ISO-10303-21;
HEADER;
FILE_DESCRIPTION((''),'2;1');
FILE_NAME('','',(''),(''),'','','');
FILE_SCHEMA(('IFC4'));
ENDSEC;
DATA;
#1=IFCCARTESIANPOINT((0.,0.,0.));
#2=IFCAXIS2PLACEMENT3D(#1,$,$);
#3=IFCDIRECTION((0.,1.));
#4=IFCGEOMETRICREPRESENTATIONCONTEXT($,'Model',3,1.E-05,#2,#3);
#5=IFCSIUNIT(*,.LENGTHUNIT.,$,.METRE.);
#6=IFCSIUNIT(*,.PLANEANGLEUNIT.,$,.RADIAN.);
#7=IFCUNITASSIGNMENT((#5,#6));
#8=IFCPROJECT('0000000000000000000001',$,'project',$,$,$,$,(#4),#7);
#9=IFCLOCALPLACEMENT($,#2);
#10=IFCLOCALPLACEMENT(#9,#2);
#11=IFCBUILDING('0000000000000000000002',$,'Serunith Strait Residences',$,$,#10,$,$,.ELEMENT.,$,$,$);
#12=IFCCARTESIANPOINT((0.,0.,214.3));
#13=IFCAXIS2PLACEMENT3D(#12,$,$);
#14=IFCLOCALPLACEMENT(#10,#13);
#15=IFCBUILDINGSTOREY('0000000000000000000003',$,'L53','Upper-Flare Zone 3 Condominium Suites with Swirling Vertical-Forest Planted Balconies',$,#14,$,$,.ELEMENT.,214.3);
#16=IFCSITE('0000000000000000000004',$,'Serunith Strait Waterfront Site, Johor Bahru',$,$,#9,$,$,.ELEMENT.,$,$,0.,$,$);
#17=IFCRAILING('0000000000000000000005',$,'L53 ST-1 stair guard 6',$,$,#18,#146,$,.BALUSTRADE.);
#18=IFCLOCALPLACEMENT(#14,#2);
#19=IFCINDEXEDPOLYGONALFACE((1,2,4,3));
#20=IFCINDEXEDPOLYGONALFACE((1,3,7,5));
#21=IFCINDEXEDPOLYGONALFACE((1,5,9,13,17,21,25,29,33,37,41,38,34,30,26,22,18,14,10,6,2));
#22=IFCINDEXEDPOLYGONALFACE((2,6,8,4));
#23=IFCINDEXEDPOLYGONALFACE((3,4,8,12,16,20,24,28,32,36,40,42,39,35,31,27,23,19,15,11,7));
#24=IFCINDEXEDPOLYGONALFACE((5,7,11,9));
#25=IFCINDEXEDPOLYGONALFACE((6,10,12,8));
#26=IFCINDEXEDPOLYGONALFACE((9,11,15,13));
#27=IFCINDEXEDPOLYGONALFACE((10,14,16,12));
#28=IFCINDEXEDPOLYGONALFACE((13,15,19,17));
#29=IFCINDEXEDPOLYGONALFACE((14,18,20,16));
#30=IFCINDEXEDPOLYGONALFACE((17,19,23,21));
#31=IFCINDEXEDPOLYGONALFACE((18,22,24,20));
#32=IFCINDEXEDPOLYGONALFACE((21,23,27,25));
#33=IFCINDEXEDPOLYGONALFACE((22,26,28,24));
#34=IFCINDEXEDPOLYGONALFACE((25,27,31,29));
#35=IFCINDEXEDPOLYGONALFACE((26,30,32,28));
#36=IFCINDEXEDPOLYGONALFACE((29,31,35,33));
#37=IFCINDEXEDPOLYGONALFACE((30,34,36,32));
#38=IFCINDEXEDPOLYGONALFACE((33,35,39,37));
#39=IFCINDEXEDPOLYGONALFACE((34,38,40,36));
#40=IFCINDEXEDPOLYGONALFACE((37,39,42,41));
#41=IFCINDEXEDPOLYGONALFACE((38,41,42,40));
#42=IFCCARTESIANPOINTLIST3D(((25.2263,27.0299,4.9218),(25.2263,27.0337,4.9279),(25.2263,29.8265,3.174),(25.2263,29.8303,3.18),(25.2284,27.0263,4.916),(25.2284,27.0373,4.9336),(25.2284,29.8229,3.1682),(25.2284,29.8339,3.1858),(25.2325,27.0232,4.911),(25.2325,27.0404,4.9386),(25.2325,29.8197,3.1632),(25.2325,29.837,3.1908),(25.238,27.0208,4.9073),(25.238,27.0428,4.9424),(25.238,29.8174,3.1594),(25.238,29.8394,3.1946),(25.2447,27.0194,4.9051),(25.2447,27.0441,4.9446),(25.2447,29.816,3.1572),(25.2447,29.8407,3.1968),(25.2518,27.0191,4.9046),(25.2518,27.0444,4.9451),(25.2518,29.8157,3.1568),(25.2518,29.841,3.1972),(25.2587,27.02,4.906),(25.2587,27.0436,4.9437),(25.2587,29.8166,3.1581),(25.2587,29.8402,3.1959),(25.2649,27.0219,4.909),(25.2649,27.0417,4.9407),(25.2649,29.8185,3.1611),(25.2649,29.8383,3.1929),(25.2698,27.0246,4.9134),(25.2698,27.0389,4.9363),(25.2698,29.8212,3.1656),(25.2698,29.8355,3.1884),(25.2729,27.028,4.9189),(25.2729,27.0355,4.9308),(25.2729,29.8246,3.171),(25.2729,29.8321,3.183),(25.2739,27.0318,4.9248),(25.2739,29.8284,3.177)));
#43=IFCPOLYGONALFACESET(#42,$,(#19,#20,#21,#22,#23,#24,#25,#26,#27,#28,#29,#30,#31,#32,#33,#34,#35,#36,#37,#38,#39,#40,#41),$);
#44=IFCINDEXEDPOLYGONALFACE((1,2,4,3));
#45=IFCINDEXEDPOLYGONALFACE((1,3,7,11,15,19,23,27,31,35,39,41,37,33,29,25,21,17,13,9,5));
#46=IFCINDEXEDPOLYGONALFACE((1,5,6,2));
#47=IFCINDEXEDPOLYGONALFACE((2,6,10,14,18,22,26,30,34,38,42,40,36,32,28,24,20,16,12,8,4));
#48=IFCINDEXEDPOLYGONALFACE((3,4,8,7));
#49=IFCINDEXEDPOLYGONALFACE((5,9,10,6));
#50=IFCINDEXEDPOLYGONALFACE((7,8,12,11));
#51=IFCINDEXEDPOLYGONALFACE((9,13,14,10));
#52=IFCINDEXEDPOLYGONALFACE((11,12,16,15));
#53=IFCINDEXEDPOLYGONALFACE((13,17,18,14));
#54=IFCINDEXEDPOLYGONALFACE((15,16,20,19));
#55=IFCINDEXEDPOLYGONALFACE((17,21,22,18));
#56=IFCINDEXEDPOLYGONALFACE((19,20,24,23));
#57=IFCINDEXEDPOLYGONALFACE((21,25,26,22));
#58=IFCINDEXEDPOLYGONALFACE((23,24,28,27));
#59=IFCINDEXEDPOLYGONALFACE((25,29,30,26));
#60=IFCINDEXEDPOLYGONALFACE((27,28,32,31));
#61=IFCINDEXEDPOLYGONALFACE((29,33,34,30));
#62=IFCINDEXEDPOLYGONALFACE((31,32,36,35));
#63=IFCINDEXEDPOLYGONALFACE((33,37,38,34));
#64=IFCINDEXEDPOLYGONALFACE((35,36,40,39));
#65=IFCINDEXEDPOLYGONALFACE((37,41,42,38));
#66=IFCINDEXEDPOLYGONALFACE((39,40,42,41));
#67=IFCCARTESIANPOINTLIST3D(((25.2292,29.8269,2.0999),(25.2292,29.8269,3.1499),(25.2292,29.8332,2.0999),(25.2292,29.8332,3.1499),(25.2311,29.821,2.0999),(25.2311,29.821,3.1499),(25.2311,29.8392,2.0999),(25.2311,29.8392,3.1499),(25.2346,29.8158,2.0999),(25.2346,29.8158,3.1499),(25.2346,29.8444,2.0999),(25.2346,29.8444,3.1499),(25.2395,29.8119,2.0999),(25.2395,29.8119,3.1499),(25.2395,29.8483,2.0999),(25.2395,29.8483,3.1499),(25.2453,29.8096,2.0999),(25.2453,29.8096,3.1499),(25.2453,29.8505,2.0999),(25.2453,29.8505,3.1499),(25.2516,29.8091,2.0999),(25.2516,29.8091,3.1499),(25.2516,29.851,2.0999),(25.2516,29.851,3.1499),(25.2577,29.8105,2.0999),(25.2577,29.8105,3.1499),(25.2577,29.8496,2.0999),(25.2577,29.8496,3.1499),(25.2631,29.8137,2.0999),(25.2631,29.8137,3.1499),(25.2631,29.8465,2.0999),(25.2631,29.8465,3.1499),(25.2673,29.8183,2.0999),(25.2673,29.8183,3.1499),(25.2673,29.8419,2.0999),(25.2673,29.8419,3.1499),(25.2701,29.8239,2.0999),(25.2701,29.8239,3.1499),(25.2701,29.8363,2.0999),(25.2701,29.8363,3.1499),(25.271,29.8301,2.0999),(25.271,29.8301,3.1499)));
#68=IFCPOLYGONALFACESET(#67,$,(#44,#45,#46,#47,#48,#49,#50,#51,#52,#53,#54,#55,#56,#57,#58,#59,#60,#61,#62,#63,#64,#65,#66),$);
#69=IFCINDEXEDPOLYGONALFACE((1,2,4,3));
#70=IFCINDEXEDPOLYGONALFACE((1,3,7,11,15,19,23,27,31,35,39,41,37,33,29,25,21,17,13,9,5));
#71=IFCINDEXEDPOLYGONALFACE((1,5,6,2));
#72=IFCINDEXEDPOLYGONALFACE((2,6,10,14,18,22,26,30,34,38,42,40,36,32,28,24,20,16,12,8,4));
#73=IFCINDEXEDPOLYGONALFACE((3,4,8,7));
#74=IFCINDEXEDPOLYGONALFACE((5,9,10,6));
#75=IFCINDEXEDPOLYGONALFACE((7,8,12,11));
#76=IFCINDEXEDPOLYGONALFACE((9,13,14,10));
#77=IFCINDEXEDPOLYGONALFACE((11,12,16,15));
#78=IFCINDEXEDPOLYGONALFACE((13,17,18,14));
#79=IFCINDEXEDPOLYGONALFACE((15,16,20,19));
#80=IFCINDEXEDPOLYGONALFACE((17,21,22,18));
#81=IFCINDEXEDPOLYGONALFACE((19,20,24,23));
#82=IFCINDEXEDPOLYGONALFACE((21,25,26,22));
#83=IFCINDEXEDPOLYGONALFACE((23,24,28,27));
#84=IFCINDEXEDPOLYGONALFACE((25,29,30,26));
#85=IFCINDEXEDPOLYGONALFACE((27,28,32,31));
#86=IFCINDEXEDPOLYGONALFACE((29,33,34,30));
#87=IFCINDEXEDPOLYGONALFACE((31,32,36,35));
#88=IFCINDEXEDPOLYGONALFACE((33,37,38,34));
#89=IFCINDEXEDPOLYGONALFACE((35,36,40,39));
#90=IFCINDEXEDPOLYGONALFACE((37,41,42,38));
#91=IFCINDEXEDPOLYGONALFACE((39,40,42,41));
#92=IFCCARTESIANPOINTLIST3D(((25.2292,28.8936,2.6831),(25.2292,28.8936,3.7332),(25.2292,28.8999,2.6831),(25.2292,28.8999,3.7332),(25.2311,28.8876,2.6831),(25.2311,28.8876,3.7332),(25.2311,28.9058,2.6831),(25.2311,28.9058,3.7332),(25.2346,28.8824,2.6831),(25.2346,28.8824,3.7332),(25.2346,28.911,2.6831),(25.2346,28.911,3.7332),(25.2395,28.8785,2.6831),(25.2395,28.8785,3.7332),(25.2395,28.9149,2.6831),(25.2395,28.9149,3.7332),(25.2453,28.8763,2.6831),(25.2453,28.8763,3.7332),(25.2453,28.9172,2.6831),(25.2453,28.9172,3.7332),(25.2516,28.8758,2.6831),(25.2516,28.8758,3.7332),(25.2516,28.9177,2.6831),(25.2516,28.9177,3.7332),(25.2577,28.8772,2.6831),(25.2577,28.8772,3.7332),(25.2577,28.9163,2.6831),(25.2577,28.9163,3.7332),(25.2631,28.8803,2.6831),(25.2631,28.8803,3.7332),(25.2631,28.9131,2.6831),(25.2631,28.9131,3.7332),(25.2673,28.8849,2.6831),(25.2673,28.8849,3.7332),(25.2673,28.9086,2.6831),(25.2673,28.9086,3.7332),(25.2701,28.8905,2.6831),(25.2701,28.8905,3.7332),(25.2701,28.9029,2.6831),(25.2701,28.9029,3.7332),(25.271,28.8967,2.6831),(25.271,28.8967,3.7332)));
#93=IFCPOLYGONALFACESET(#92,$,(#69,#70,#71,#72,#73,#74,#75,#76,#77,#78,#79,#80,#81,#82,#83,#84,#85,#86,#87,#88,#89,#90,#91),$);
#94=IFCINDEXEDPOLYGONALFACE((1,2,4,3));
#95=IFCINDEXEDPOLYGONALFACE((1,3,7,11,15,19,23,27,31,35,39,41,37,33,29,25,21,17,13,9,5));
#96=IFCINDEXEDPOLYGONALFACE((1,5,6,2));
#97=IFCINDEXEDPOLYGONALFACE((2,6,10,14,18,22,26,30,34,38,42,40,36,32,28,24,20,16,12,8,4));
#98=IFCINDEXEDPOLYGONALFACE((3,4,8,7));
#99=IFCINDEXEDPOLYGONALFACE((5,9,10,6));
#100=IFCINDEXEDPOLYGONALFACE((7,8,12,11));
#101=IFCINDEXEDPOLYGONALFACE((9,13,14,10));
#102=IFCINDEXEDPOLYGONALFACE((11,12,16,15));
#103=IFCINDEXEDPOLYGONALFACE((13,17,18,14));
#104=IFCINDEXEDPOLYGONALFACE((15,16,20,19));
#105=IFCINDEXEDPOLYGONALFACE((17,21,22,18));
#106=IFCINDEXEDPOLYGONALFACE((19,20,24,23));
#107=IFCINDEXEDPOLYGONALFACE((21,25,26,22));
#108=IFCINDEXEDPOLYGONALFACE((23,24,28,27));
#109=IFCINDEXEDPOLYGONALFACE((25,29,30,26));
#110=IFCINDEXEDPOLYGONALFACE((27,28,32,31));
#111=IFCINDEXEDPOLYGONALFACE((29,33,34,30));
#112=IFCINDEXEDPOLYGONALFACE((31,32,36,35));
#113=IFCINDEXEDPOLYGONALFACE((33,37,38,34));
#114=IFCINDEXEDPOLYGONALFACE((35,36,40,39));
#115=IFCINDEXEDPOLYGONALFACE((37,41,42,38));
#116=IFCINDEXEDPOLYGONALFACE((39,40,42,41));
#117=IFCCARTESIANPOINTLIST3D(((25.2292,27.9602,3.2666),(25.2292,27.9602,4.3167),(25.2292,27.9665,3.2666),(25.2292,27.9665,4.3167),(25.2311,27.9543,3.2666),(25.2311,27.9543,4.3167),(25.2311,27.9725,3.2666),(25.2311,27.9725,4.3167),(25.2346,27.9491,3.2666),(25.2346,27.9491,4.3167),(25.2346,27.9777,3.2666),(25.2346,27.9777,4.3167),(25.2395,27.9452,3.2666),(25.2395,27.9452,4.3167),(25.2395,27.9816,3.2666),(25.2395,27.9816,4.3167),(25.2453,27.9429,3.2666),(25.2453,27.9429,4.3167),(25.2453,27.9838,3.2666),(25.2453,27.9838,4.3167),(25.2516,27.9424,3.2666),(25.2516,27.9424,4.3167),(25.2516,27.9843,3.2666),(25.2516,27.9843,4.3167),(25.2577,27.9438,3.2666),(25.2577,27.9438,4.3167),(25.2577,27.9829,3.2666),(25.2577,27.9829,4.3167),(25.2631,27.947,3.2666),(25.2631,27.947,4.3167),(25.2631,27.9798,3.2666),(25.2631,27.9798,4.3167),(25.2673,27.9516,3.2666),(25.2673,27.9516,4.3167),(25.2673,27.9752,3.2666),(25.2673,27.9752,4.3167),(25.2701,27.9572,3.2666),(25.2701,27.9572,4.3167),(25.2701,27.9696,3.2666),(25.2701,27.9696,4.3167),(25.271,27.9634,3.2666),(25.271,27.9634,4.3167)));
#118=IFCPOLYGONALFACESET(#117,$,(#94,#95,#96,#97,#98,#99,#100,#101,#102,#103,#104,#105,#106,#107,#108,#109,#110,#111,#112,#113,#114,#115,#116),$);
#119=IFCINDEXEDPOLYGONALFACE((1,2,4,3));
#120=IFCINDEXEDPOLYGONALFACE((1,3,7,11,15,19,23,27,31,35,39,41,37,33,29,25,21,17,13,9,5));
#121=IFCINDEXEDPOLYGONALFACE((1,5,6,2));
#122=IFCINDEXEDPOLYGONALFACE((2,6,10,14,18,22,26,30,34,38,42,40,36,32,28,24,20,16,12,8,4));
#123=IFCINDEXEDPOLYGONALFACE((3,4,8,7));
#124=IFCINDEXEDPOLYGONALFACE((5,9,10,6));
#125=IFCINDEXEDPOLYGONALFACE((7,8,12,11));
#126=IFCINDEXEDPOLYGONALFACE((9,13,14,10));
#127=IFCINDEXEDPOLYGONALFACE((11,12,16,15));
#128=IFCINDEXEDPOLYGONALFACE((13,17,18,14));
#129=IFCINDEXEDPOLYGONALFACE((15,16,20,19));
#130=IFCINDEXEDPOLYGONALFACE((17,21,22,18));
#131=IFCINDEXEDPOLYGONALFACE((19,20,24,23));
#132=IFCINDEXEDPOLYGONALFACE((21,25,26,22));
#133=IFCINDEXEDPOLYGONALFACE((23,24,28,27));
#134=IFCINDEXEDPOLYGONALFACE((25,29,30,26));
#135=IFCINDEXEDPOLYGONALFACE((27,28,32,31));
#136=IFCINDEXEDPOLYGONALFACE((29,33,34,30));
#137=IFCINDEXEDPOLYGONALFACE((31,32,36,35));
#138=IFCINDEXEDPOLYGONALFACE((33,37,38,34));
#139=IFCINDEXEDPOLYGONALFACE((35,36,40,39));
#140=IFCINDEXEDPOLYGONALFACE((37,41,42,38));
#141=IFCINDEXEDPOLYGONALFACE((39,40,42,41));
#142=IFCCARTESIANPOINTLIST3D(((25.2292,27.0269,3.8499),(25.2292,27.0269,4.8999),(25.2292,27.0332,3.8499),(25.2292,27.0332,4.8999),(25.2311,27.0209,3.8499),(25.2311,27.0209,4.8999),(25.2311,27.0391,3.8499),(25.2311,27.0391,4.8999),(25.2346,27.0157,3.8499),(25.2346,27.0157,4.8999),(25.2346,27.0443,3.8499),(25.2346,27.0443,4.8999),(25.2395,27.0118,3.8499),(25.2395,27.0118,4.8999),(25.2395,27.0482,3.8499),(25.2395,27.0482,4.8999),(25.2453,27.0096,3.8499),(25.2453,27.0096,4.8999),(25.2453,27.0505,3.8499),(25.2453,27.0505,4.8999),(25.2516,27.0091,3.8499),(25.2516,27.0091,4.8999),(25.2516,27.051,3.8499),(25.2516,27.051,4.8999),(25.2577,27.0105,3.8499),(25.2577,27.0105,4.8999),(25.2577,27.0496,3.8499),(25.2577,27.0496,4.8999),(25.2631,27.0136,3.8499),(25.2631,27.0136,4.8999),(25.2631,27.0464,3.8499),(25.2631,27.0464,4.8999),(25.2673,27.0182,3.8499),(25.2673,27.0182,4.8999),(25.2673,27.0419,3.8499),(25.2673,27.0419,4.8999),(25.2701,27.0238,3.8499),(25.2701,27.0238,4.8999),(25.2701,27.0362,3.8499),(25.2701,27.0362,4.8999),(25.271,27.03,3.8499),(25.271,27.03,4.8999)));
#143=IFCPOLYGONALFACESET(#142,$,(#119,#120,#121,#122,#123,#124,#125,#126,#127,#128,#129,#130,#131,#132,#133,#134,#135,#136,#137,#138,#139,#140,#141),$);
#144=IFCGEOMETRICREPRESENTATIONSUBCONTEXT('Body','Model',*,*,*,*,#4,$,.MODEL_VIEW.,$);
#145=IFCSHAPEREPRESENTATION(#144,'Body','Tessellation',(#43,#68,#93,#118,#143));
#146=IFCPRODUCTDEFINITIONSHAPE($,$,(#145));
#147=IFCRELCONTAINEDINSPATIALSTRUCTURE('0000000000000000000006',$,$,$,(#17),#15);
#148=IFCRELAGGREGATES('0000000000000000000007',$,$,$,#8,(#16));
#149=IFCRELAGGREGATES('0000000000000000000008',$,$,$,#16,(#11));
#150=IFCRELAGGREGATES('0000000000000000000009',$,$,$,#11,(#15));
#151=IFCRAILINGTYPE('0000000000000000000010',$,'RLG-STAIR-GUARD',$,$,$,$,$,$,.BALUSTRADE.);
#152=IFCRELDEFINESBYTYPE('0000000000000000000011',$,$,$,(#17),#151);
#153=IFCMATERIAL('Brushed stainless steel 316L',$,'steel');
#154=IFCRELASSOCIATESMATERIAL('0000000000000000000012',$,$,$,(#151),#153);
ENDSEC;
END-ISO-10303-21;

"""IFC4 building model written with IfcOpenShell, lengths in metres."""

from ifc_helpers import new_model, si_unit, direction, frame, origin, origin_2d, place, context, subcontext, project, spatial, circle, extrude, material, type_object, element, save


model = new_model("IFC4")

# Units and contexts
model_context = context("Model", 3, precision=1e-05, world=origin(), true_north=direction((0.0, 1.0)))
body_context = subcontext(model_context, "Body", "Model", "MODEL_VIEW")
ifc_project = project(units=[si_unit("LENGTHUNIT", "METRE"), si_unit("PLANEANGLEUNIT", "RADIAN")], contexts=[model_context])

# Site, building, storey
site_placement = place(None, origin())
site = spatial("IfcSite", under=ifc_project, at=site_placement, Name="Serunith Strait Waterfront Site, Johor Bahru", CompositionType="ELEMENT", RefElevation=0.0)
building_placement = place(site_placement, origin())
building = spatial("IfcBuilding", under=site, at=building_placement, Name="Serunith Strait Residences", CompositionType="ELEMENT")
storey_placement = place(building_placement, frame((0.0, 0.0, 214.3)))
storey = spatial("IfcBuildingStorey", under=building, at=storey_placement, Name="L53", Description="Upper-Flare Zone 3 Condominium Suites with Swirling Vertical-Forest Planted Balconies", CompositionType="ELEMENT", Elevation=214.3)

# Railing
ifc_material_1 = material(Name="Brushed stainless steel 316L", Category="steel")
railing_type_1 = type_object("IfcRailingType", Name="RLG-STAIR-GUARD", PredefinedType="BALUSTRADE", material=ifc_material_1)
railing_1_placement = place(storey_placement, frame((25.25, 29.8301, 2.0999)))
element("IfcRailing", 1, at=railing_1_placement, inside=storey, type_object=railing_type_1, Name="L53 ST-1 stair guard 6", PredefinedType="BALUSTRADE", context=body_context, shape_type="SweptSolid", body=[
    extrude(circle(Radius=0.0239, at=origin_2d()), frame((0.0, -0.0017, 1.0771), z_axis=(0.0, -0.848002, 0.529992), x_axis=(1.0, 0.0, 0.0)), (0.0, 0.0, 1.0), 3.2979),
    extrude(circle(Radius=0.021, at=origin_2d()), origin(), (0.0, 0.0, 1.0), 1.05),
    extrude(circle(Radius=0.021, at=origin_2d()), frame((0.0, -0.9333, 0.5833)), (0.0, 0.0, 1.0), 1.05),
    extrude(circle(Radius=0.021, at=origin_2d()), frame((0.0, -1.8667, 1.1667)), (0.0, 0.0, 1.0), 1.05),
    extrude(circle(Radius=0.021, at=origin_2d()), frame((0.0, -2.8, 1.75)), (0.0, 0.0, 1.0), 1.05),
])

save(model, "model.ifc")
